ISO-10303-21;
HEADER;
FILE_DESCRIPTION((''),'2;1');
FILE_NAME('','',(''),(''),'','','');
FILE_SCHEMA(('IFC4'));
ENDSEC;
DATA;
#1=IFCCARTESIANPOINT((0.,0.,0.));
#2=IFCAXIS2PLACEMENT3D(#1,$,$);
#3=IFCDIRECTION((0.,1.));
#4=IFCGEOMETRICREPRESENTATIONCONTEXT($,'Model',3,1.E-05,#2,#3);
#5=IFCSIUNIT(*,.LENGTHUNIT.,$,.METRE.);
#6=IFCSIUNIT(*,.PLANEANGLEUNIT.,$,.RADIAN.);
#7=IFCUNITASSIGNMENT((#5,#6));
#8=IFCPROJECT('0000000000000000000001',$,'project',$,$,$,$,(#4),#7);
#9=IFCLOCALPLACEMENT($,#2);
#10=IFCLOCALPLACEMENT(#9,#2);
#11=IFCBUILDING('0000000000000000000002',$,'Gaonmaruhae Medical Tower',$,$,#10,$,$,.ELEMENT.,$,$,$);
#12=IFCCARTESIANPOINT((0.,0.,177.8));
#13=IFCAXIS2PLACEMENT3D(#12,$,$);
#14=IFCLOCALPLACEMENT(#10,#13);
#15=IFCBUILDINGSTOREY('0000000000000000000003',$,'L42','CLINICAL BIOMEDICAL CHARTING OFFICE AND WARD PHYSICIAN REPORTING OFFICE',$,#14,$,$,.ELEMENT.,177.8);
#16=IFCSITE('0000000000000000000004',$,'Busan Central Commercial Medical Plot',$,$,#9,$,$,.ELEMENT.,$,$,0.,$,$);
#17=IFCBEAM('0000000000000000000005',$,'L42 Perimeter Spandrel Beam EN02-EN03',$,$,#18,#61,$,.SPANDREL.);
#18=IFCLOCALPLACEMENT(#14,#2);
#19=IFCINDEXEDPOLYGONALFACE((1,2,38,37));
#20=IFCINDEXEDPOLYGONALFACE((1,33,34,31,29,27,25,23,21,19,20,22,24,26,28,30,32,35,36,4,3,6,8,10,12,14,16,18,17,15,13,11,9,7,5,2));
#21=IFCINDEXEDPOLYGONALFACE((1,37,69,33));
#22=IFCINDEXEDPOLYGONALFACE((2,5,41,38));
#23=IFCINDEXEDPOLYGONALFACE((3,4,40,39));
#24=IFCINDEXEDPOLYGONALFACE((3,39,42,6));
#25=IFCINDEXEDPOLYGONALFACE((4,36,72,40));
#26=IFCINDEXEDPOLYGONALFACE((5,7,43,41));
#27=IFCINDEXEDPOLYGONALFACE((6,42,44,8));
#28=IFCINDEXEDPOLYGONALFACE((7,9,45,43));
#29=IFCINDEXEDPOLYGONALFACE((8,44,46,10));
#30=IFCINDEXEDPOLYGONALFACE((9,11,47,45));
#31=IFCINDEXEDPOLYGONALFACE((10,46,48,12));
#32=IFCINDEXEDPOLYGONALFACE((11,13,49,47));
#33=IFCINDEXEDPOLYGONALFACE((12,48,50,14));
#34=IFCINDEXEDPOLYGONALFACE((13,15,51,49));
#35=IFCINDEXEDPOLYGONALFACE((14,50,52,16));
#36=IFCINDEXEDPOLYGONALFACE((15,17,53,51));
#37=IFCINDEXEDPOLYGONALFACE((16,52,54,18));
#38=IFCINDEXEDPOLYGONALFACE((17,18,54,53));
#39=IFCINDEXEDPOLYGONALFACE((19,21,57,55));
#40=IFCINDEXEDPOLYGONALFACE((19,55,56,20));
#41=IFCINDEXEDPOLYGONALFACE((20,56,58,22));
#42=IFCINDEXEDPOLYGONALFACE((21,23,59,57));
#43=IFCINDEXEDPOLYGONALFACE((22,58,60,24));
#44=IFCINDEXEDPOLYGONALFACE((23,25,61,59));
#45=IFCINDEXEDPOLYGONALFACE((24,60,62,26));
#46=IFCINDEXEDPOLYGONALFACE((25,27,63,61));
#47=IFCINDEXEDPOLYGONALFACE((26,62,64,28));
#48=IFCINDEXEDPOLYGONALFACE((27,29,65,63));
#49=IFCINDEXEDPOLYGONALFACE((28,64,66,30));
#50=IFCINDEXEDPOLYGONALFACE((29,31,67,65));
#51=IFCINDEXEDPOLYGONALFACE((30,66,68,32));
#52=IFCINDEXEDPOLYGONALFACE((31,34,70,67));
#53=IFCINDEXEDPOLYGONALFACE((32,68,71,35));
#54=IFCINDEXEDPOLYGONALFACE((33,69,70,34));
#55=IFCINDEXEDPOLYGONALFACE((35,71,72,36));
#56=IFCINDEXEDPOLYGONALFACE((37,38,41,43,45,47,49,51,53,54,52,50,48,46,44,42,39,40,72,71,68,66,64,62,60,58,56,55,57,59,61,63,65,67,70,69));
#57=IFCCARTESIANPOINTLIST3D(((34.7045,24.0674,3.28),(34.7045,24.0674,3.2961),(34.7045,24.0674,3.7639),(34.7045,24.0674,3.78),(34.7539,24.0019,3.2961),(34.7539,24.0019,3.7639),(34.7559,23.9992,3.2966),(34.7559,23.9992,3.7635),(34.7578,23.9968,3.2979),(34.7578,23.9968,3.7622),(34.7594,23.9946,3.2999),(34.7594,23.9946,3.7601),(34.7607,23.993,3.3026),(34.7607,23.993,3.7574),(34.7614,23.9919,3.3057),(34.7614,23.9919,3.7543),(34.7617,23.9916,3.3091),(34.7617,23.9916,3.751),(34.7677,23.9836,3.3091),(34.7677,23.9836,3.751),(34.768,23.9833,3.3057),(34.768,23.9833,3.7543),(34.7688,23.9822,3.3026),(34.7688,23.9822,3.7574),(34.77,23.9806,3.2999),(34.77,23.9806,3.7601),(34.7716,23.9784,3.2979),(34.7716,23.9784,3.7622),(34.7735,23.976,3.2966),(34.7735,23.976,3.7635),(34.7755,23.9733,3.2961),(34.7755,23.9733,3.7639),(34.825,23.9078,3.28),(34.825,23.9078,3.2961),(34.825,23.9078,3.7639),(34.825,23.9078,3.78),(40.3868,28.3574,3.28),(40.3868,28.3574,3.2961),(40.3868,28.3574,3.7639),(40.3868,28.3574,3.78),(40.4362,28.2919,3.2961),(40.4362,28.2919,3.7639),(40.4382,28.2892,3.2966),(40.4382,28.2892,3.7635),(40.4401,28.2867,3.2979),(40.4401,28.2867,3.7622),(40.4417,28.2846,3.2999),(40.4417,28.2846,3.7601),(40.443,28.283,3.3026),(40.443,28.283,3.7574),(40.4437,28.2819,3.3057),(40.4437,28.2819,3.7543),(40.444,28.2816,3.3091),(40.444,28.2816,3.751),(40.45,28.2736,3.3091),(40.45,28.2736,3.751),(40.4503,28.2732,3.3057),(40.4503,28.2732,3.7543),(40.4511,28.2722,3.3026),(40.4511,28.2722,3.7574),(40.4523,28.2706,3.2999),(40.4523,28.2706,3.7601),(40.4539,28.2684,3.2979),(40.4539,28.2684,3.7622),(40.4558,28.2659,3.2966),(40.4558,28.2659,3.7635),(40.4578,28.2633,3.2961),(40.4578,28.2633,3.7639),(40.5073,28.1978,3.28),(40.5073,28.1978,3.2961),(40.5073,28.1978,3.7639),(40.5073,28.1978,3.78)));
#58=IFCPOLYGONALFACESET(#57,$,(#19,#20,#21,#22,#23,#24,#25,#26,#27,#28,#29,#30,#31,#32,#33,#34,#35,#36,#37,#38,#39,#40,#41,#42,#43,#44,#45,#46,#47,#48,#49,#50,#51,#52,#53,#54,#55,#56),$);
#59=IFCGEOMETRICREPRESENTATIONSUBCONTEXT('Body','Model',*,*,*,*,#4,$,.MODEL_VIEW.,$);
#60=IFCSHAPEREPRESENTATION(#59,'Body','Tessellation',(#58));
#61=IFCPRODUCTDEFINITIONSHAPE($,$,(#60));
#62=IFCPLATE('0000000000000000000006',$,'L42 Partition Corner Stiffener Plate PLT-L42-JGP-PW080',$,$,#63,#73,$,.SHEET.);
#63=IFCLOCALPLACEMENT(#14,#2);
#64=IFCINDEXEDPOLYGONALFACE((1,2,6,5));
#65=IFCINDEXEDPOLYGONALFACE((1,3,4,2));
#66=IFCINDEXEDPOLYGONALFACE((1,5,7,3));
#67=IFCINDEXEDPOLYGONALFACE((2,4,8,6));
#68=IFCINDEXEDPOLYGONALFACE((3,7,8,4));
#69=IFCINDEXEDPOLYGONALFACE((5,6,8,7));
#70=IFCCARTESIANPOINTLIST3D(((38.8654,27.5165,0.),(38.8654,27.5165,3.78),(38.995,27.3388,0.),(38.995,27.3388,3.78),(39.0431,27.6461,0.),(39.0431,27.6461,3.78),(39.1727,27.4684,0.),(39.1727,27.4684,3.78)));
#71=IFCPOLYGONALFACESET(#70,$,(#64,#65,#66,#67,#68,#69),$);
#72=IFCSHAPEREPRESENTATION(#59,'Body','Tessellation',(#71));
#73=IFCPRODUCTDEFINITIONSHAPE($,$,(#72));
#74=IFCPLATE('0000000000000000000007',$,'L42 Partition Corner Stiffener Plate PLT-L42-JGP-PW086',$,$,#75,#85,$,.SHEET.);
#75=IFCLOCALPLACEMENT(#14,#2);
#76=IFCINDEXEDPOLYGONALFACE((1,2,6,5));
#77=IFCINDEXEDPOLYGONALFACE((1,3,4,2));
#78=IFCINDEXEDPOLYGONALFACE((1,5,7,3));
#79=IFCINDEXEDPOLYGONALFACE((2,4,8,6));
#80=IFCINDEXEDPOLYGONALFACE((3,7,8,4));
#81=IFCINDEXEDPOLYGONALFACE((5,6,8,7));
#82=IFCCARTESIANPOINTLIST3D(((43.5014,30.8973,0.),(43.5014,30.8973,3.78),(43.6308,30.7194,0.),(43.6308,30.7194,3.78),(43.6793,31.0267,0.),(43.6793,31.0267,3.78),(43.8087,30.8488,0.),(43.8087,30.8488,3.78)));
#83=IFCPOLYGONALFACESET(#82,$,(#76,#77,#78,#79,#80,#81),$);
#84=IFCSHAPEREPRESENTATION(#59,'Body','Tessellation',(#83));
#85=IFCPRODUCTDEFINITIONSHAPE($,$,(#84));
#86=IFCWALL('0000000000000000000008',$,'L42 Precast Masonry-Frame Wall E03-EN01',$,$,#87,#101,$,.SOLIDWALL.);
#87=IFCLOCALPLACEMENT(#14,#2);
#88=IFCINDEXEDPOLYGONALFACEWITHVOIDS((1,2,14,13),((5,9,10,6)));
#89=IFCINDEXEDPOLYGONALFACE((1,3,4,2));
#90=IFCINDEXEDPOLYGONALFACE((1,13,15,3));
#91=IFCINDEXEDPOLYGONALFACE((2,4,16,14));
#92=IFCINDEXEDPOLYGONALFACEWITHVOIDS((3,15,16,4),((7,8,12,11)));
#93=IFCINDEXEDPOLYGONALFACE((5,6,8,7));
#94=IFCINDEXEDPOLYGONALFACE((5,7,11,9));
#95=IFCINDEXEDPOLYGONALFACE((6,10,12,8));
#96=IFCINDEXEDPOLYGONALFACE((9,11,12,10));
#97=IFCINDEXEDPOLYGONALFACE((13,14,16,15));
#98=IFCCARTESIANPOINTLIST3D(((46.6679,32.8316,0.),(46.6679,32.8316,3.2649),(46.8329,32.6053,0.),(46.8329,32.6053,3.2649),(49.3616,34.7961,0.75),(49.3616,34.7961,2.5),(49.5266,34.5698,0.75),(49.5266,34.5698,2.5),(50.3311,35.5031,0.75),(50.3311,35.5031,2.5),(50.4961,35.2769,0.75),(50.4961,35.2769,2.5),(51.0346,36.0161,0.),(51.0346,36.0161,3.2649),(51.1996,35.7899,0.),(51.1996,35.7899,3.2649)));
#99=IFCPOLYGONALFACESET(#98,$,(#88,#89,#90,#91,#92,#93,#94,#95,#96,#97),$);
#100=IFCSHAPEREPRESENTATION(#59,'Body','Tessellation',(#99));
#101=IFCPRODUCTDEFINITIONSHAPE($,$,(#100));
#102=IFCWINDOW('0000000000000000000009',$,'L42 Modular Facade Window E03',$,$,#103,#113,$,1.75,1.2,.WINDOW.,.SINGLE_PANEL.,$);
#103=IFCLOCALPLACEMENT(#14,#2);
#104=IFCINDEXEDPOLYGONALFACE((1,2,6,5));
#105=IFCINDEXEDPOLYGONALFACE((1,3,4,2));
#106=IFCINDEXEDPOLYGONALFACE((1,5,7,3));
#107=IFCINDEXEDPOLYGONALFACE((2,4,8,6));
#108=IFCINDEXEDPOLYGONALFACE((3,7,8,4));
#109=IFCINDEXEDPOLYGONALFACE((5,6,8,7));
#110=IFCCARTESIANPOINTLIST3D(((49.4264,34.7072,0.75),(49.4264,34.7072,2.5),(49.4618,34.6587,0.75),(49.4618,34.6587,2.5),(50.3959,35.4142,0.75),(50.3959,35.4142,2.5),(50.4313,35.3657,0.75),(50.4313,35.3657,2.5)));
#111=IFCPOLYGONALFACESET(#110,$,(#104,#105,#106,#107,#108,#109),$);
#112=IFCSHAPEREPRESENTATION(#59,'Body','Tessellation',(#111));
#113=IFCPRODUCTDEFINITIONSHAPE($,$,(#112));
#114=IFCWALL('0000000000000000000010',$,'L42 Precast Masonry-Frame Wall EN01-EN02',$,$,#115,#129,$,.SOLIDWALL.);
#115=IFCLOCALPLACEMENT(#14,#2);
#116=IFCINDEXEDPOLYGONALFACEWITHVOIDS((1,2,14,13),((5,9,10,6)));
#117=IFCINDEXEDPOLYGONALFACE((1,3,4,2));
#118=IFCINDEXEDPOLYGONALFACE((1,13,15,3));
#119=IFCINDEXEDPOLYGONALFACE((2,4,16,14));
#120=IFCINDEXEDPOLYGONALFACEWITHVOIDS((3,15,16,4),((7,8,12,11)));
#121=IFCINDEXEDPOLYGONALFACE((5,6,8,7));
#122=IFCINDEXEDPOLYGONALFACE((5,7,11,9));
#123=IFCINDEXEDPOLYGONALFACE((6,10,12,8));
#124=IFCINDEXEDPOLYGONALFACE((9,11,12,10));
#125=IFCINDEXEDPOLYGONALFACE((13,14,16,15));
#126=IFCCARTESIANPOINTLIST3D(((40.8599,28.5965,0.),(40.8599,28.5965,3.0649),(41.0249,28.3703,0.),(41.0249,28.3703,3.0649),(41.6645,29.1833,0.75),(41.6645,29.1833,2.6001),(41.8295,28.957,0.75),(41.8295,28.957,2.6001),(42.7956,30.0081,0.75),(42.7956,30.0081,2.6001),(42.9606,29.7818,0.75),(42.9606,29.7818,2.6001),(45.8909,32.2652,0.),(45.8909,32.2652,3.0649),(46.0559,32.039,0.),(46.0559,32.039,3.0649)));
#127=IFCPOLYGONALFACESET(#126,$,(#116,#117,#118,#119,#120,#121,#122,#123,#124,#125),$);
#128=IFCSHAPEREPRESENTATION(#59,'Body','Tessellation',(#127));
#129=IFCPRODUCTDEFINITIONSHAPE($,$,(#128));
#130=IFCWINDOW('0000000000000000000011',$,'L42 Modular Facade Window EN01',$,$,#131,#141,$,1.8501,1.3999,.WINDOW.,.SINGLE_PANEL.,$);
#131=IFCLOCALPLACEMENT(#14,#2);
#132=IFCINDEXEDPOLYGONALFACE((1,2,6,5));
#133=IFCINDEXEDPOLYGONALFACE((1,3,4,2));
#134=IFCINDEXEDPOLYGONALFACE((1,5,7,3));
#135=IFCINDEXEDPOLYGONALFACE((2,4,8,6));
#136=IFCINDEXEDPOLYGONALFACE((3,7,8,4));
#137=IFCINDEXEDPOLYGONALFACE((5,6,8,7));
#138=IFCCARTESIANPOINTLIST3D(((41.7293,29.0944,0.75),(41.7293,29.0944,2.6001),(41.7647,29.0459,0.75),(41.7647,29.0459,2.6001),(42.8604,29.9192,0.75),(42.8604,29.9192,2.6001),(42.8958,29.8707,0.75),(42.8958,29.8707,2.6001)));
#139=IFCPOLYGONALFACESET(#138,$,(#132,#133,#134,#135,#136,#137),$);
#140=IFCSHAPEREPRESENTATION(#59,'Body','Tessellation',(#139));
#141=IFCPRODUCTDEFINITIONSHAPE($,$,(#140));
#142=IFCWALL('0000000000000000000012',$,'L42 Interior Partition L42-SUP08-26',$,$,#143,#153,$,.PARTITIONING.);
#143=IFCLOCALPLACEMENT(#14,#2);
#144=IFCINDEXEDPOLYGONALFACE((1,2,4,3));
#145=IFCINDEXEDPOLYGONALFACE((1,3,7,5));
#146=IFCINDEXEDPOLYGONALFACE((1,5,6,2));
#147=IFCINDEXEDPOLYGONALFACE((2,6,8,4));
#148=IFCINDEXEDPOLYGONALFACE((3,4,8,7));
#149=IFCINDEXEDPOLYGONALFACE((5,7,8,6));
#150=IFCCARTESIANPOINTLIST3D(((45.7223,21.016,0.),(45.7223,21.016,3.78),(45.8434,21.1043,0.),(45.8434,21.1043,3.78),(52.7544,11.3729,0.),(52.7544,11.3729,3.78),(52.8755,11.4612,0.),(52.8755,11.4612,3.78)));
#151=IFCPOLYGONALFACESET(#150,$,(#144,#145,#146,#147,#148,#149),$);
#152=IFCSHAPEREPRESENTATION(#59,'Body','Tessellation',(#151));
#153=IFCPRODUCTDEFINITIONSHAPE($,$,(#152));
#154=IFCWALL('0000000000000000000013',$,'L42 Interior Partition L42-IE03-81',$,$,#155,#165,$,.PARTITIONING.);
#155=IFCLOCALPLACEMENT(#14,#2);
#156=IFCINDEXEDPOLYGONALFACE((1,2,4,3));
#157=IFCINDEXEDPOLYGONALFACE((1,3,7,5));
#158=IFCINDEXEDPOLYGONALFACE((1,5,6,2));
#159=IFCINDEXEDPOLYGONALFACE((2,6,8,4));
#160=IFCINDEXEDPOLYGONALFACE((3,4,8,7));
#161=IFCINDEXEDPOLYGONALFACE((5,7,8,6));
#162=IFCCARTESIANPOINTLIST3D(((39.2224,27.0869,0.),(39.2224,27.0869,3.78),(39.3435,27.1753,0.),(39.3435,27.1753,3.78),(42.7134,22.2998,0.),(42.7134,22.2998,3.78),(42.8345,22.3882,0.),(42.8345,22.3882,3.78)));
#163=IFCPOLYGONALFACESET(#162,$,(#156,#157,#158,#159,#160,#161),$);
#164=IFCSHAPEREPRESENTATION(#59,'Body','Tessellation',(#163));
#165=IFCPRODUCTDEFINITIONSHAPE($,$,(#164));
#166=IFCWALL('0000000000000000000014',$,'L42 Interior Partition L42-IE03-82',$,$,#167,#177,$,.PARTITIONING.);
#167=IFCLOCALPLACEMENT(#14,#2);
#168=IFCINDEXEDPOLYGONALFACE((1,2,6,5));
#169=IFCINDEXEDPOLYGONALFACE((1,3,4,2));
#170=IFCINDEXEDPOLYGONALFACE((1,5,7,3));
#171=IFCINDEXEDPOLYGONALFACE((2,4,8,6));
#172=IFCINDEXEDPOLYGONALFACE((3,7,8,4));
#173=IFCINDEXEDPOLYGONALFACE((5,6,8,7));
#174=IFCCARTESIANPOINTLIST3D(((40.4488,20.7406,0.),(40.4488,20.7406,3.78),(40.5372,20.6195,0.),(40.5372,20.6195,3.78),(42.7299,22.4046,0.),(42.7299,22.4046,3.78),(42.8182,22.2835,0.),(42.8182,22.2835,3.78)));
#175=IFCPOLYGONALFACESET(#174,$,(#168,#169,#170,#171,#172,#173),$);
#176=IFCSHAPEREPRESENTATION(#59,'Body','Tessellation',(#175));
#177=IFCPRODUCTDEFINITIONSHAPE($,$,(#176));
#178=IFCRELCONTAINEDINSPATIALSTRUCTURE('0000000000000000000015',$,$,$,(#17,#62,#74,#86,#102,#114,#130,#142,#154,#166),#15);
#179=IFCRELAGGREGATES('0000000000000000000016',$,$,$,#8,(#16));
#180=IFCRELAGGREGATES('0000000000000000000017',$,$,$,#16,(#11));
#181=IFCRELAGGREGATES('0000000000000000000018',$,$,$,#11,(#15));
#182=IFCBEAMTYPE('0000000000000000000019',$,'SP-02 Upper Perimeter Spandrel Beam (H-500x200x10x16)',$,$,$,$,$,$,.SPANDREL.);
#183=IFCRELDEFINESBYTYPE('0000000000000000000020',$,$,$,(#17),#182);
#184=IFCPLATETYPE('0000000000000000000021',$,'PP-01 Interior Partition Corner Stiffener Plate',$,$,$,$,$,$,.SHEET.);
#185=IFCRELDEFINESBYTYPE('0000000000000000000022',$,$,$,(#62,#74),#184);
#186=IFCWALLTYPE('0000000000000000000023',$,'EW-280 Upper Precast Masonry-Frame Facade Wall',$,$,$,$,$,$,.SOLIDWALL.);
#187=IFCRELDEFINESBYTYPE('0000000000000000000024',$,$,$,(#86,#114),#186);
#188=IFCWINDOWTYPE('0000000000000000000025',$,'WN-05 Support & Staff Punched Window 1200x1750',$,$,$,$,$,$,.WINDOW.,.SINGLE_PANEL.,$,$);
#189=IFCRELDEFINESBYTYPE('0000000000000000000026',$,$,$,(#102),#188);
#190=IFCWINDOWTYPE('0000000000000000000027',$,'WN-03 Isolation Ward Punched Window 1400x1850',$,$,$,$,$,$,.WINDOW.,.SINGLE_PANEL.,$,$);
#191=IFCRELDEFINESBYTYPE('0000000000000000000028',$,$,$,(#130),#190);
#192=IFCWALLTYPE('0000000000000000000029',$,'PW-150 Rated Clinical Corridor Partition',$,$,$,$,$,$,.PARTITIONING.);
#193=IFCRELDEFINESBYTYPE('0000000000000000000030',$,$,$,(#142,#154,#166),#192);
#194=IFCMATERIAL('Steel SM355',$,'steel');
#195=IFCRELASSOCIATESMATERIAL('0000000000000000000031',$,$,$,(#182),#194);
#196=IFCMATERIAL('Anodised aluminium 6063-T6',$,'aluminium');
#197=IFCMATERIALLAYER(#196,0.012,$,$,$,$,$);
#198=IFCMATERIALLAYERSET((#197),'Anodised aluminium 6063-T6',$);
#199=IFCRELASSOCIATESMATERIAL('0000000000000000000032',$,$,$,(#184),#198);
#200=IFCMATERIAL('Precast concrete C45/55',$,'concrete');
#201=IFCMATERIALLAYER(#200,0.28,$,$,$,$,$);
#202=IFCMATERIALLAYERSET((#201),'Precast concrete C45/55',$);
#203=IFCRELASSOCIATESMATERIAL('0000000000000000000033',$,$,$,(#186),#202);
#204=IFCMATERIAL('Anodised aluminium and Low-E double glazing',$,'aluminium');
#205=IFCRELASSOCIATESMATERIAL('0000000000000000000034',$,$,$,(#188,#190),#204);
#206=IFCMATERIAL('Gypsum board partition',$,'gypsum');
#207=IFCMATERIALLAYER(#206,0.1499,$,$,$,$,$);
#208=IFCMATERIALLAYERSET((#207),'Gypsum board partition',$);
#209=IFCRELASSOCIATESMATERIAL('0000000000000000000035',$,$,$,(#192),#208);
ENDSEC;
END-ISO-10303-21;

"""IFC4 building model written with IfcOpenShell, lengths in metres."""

from ifc_helpers import new_model, si_unit, direction, frame, frame_2d, origin, origin_2d, place, context, subcontext, project, spatial, rectangle, i_section, extrude, material, layer, layer_set, material_profile, profile_set, type_object, element, fill, save


model = new_model("IFC4")

# Units and contexts
model_context = context("Model", 3, precision=1e-05, world=origin(), true_north=direction((0.0, 1.0)))
body_context = subcontext(model_context, "Body", "Model", "MODEL_VIEW")
ifc_project = project(units=[si_unit("LENGTHUNIT", "METRE"), si_unit("PLANEANGLEUNIT", "RADIAN")], contexts=[model_context])

# Site, building, storey
site_placement = place(None, origin())
site = spatial("IfcSite", under=ifc_project, at=site_placement, Name="Busan Central Commercial Medical Plot", CompositionType="ELEMENT", RefElevation=0.0)
building_placement = place(site_placement, origin())
building = spatial("IfcBuilding", under=site, at=building_placement, Name="Gaonmaruhae Medical Tower", CompositionType="ELEMENT")
storey_placement = place(building_placement, frame((0.0, 0.0, 177.8)))
storey = spatial("IfcBuildingStorey", under=building, at=storey_placement, Name="L42", Description="CLINICAL BIOMEDICAL CHARTING OFFICE AND WARD PHYSICIAN REPORTING OFFICE", CompositionType="ELEMENT", Elevation=177.8)

# Beam
ifc_material_1 = material(Name="Steel SM355", Category="steel")
ifc_material_profile_1 = material_profile(ifc_material_1, i_section(OverallWidth=0.2, OverallDepth=0.5, WebThickness=0.01, FlangeThickness=0.0161, FilletRadius=0.0129, at=origin_2d()), Name="H-500x200x10x16")
ifc_profile_set_1 = profile_set([ifc_material_profile_1], Name="Steel SM355")
beam_type_1 = type_object("IfcBeamType", Name="SP-02 Upper Perimeter Spandrel Beam (H-500x200x10x16)", PredefinedType="SPANDREL", material=ifc_profile_set_1)
beam_1_placement = place(storey_placement, frame((40.447, 28.2776, 3.53), z_axis=(-0.798091, -0.602537, 0.0), x_axis=(0.602537, -0.798091, 0.0)))
element("IfcBeam", 1, at=beam_1_placement, inside=storey, type_object=beam_type_1, Name="L42 Perimeter Spandrel Beam EN02-EN03", PredefinedType="SPANDREL", context=body_context, shape_type="SweptSolid", body=[
    extrude(i_section(OverallWidth=0.2, OverallDepth=0.5, WebThickness=0.01, FlangeThickness=0.0161, FilletRadius=0.0129, at=origin_2d()), origin(), (0.0, 0.0, 1.0), 7.1199),
])

# Plates
ifc_material_2 = material(Name="Anodised aluminium 6063-T6", Category="aluminium")
ifc_layer_1 = layer(ifc_material_2, 0.012)
ifc_layer_set_1 = layer_set([ifc_layer_1], Name="Anodised aluminium 6063-T6")
plate_type = type_object("IfcPlateType", Name="PP-01 Interior Partition Corner Stiffener Plate", PredefinedType="SHEET", material=ifc_layer_set_1)
for number, where, z_axis, x_axis, name in (
    (2, (39.019, 27.4924, 0.0), (0.0, 0.0, 1.0), (0.589267, -0.807938, 0.0), "L42 Partition Corner Stiffener Plate PLT-L42-JGP-PW080"),
    (3, (43.655, 30.873, 0.0), (0.0, 0.0, 1.0), (0.588166, -0.80874, 0.0), "L42 Partition Corner Stiffener Plate PLT-L42-JGP-PW086"),
):
    element("IfcPlate", number, at=place(storey_placement, frame(where, z_axis=z_axis, x_axis=x_axis)), inside=storey, type_object=plate_type, Name=name, PredefinedType="SHEET", context=body_context, shape_type="SweptSolid", body=[
        extrude(rectangle(XDim=0.22, YDim=0.22, at=origin_2d()), origin(), (0.0, 0.0, 1.0), 3.78),
    ])

# Walls, openings, windows
ifc_material_3 = material(Name="Precast concrete C45/55", Category="concrete")
ifc_layer_2 = layer(ifc_material_3, 0.28)
ifc_layer_set_2 = layer_set([ifc_layer_2], Name="Precast concrete C45/55")
wall_type_1 = type_object("IfcWallType", Name="EW-280 Upper Precast Masonry-Frame Facade Wall", PredefinedType="SOLIDWALL", material=ifc_layer_set_2)
wall_1_placement = place(storey_placement, frame((46.7505, 32.7185, 0.0), z_axis=(0.0, 0.0, 1.0), x_axis=(0.807962, 0.589235, 0.0)))
wall_1 = element("IfcWall", 4, at=wall_1_placement, inside=storey, type_object=wall_type_1, Name="L42 Precast Masonry-Frame Wall E03-EN01", PredefinedType="SOLIDWALL", context=body_context, shape_type="SweptSolid", body=[
    extrude(rectangle(XDim=5.4045, YDim=0.28, at=frame_2d((2.7021, 0.0))), origin(), (0.0, 0.0, 1.0), 3.2649),
])
opening_1_placement = place(wall_1_placement, frame((3.3337, 0.0, 0.75)))
opening_1 = element("IfcOpeningElement", 5, at=opening_1_placement, cuts=wall_1, PredefinedType="OPENING", context=body_context, shape_type="SweptSolid", body=[
    extrude(rectangle(XDim=1.2, YDim=1.75, at=frame_2d((0.6001, 0.875))), frame((0.0, 0.1499, 0.0), z_axis=(0.0, -1.0, 0.0), x_axis=(1.0, 0.0, 0.0)), (0.0, 0.0, 1.0), 0.3),
])
ifc_material_4 = material(Name="Anodised aluminium and Low-E double glazing", Category="aluminium")
window_type_1 = type_object("IfcWindowType", Name="WN-05 Support & Staff Punched Window 1200x1750", PartitioningType="SINGLE_PANEL", PredefinedType="WINDOW", material=ifc_material_4)
window_1_placement = place(opening_1_placement, origin())
window_1 = element("IfcWindow", 6, at=window_1_placement, inside=storey, type_object=window_type_1, Name="L42 Modular Facade Window E03", OverallHeight=1.75, OverallWidth=1.2, PartitioningType="SINGLE_PANEL", PredefinedType="WINDOW", context=body_context, shape_type="SweptSolid", body=[
    extrude(rectangle(XDim=1.2, YDim=1.75, at=frame_2d((0.6001, 0.875))), frame((0.0, 0.03, 0.0), z_axis=(0.0, -1.0, 0.0), x_axis=(1.0, 0.0, 0.0)), (0.0, 0.0, 1.0), 0.0601),
])
fill(opening_1, window_1)
wall_2_placement = place(storey_placement, frame((40.9424, 28.4834, 0.0), z_axis=(0.0, 0.0, 1.0), x_axis=(0.807988, 0.589199, 0.0)))
wall_2 = element("IfcWall", 7, at=wall_2_placement, inside=storey, type_object=wall_type_1, Name="L42 Precast Masonry-Frame Wall EN01-EN02", PredefinedType="SOLIDWALL", context=body_context, shape_type="SweptSolid", body=[
    extrude(rectangle(XDim=6.2266, YDim=0.28, at=frame_2d((3.1133, 0.0))), origin(), (0.0, 0.0, 1.0), 3.0649),
])
opening_2_placement = place(wall_2_placement, frame((0.9958, 0.0, 0.75)))
opening_2 = element("IfcOpeningElement", 8, at=opening_2_placement, cuts=wall_2, PredefinedType="OPENING", context=body_context, shape_type="SweptSolid", body=[
    extrude(rectangle(XDim=1.3999, YDim=1.8501, at=frame_2d((0.7, 0.925))), frame((0.0, 0.1499, 0.0), z_axis=(0.0, -1.0, 0.0), x_axis=(1.0, 0.0, 0.0)), (0.0, 0.0, 1.0), 0.3),
])
window_type_2 = type_object("IfcWindowType", Name="WN-03 Isolation Ward Punched Window 1400x1850", PartitioningType="SINGLE_PANEL", PredefinedType="WINDOW", material=ifc_material_4)
window_2_placement = place(opening_2_placement, origin())
window_2 = element("IfcWindow", 9, at=window_2_placement, inside=storey, type_object=window_type_2, Name="L42 Modular Facade Window EN01", OverallHeight=1.8501, OverallWidth=1.3999, PartitioningType="SINGLE_PANEL", PredefinedType="WINDOW", context=body_context, shape_type="SweptSolid", body=[
    extrude(rectangle(XDim=1.3999, YDim=1.8501, at=frame_2d((0.7, 0.925))), frame((0.0, 0.03, 0.0), z_axis=(0.0, -1.0, 0.0), x_axis=(1.0, 0.0, 0.0)), (0.0, 0.0, 1.0), 0.0601),
])
fill(opening_2, window_2)

# Shared definitions
ifc_material_5 = material(Name="Gypsum board partition", Category="gypsum")
ifc_layer_3 = layer(ifc_material_5, 0.1499)
ifc_layer_set_3 = layer_set([ifc_layer_3], Name="Gypsum board partition")
wall_type_2 = type_object("IfcWallType", Name="PW-150 Rated Clinical Corridor Partition", PredefinedType="PARTITIONING", material=ifc_layer_set_3)

# Wall
wall_3_placement = place(storey_placement, frame((45.783, 21.0601, 0.0), z_axis=(0.0, 0.0, 1.0), x_axis=(0.589204, -0.807984, 0.0)))
element("IfcWall", 10, at=wall_3_placement, inside=storey, type_object=wall_type_2, Name="L42 Interior Partition L42-SUP08-26", PredefinedType="PARTITIONING", context=body_context, shape_type="SweptSolid", body=[
    extrude(rectangle(XDim=11.9348, YDim=0.1499, at=frame_2d((5.9673, 0.0))), origin(), (0.0, 0.0, 1.0), 3.78),
])

# Walls
wall_4_placement = place(storey_placement, frame((39.283, 27.1311, 0.0), z_axis=(0.0, 0.0, 1.0), x_axis=(0.589213, -0.807978, 0.0)))
element("IfcWall", 11, at=wall_4_placement, inside=storey, type_object=wall_type_2, Name="L42 Interior Partition L42-IE03-81", PredefinedType="PARTITIONING", context=body_context, shape_type="SweptSolid", body=[
    extrude(rectangle(XDim=5.9248, YDim=0.1499, at=frame_2d((2.9624, 0.0))), origin(), (0.0, 0.0, 1.0), 3.78),
])
wall_5_placement = place(storey_placement, frame((42.7739, 22.344, 0.0), z_axis=(0.0, 0.0, 1.0), x_axis=(-0.807868, -0.589364, 0.0)))
element("IfcWall", 12, at=wall_5_placement, inside=storey, type_object=wall_type_2, Name="L42 Interior Partition L42-IE03-82", PredefinedType="PARTITIONING", context=body_context, shape_type="SweptSolid", body=[
    extrude(rectangle(XDim=2.8235, YDim=0.1499, at=frame_2d((1.4116, 0.0))), origin(), (0.0, 0.0, 1.0), 3.78),
])

save(model, "model.ifc")
